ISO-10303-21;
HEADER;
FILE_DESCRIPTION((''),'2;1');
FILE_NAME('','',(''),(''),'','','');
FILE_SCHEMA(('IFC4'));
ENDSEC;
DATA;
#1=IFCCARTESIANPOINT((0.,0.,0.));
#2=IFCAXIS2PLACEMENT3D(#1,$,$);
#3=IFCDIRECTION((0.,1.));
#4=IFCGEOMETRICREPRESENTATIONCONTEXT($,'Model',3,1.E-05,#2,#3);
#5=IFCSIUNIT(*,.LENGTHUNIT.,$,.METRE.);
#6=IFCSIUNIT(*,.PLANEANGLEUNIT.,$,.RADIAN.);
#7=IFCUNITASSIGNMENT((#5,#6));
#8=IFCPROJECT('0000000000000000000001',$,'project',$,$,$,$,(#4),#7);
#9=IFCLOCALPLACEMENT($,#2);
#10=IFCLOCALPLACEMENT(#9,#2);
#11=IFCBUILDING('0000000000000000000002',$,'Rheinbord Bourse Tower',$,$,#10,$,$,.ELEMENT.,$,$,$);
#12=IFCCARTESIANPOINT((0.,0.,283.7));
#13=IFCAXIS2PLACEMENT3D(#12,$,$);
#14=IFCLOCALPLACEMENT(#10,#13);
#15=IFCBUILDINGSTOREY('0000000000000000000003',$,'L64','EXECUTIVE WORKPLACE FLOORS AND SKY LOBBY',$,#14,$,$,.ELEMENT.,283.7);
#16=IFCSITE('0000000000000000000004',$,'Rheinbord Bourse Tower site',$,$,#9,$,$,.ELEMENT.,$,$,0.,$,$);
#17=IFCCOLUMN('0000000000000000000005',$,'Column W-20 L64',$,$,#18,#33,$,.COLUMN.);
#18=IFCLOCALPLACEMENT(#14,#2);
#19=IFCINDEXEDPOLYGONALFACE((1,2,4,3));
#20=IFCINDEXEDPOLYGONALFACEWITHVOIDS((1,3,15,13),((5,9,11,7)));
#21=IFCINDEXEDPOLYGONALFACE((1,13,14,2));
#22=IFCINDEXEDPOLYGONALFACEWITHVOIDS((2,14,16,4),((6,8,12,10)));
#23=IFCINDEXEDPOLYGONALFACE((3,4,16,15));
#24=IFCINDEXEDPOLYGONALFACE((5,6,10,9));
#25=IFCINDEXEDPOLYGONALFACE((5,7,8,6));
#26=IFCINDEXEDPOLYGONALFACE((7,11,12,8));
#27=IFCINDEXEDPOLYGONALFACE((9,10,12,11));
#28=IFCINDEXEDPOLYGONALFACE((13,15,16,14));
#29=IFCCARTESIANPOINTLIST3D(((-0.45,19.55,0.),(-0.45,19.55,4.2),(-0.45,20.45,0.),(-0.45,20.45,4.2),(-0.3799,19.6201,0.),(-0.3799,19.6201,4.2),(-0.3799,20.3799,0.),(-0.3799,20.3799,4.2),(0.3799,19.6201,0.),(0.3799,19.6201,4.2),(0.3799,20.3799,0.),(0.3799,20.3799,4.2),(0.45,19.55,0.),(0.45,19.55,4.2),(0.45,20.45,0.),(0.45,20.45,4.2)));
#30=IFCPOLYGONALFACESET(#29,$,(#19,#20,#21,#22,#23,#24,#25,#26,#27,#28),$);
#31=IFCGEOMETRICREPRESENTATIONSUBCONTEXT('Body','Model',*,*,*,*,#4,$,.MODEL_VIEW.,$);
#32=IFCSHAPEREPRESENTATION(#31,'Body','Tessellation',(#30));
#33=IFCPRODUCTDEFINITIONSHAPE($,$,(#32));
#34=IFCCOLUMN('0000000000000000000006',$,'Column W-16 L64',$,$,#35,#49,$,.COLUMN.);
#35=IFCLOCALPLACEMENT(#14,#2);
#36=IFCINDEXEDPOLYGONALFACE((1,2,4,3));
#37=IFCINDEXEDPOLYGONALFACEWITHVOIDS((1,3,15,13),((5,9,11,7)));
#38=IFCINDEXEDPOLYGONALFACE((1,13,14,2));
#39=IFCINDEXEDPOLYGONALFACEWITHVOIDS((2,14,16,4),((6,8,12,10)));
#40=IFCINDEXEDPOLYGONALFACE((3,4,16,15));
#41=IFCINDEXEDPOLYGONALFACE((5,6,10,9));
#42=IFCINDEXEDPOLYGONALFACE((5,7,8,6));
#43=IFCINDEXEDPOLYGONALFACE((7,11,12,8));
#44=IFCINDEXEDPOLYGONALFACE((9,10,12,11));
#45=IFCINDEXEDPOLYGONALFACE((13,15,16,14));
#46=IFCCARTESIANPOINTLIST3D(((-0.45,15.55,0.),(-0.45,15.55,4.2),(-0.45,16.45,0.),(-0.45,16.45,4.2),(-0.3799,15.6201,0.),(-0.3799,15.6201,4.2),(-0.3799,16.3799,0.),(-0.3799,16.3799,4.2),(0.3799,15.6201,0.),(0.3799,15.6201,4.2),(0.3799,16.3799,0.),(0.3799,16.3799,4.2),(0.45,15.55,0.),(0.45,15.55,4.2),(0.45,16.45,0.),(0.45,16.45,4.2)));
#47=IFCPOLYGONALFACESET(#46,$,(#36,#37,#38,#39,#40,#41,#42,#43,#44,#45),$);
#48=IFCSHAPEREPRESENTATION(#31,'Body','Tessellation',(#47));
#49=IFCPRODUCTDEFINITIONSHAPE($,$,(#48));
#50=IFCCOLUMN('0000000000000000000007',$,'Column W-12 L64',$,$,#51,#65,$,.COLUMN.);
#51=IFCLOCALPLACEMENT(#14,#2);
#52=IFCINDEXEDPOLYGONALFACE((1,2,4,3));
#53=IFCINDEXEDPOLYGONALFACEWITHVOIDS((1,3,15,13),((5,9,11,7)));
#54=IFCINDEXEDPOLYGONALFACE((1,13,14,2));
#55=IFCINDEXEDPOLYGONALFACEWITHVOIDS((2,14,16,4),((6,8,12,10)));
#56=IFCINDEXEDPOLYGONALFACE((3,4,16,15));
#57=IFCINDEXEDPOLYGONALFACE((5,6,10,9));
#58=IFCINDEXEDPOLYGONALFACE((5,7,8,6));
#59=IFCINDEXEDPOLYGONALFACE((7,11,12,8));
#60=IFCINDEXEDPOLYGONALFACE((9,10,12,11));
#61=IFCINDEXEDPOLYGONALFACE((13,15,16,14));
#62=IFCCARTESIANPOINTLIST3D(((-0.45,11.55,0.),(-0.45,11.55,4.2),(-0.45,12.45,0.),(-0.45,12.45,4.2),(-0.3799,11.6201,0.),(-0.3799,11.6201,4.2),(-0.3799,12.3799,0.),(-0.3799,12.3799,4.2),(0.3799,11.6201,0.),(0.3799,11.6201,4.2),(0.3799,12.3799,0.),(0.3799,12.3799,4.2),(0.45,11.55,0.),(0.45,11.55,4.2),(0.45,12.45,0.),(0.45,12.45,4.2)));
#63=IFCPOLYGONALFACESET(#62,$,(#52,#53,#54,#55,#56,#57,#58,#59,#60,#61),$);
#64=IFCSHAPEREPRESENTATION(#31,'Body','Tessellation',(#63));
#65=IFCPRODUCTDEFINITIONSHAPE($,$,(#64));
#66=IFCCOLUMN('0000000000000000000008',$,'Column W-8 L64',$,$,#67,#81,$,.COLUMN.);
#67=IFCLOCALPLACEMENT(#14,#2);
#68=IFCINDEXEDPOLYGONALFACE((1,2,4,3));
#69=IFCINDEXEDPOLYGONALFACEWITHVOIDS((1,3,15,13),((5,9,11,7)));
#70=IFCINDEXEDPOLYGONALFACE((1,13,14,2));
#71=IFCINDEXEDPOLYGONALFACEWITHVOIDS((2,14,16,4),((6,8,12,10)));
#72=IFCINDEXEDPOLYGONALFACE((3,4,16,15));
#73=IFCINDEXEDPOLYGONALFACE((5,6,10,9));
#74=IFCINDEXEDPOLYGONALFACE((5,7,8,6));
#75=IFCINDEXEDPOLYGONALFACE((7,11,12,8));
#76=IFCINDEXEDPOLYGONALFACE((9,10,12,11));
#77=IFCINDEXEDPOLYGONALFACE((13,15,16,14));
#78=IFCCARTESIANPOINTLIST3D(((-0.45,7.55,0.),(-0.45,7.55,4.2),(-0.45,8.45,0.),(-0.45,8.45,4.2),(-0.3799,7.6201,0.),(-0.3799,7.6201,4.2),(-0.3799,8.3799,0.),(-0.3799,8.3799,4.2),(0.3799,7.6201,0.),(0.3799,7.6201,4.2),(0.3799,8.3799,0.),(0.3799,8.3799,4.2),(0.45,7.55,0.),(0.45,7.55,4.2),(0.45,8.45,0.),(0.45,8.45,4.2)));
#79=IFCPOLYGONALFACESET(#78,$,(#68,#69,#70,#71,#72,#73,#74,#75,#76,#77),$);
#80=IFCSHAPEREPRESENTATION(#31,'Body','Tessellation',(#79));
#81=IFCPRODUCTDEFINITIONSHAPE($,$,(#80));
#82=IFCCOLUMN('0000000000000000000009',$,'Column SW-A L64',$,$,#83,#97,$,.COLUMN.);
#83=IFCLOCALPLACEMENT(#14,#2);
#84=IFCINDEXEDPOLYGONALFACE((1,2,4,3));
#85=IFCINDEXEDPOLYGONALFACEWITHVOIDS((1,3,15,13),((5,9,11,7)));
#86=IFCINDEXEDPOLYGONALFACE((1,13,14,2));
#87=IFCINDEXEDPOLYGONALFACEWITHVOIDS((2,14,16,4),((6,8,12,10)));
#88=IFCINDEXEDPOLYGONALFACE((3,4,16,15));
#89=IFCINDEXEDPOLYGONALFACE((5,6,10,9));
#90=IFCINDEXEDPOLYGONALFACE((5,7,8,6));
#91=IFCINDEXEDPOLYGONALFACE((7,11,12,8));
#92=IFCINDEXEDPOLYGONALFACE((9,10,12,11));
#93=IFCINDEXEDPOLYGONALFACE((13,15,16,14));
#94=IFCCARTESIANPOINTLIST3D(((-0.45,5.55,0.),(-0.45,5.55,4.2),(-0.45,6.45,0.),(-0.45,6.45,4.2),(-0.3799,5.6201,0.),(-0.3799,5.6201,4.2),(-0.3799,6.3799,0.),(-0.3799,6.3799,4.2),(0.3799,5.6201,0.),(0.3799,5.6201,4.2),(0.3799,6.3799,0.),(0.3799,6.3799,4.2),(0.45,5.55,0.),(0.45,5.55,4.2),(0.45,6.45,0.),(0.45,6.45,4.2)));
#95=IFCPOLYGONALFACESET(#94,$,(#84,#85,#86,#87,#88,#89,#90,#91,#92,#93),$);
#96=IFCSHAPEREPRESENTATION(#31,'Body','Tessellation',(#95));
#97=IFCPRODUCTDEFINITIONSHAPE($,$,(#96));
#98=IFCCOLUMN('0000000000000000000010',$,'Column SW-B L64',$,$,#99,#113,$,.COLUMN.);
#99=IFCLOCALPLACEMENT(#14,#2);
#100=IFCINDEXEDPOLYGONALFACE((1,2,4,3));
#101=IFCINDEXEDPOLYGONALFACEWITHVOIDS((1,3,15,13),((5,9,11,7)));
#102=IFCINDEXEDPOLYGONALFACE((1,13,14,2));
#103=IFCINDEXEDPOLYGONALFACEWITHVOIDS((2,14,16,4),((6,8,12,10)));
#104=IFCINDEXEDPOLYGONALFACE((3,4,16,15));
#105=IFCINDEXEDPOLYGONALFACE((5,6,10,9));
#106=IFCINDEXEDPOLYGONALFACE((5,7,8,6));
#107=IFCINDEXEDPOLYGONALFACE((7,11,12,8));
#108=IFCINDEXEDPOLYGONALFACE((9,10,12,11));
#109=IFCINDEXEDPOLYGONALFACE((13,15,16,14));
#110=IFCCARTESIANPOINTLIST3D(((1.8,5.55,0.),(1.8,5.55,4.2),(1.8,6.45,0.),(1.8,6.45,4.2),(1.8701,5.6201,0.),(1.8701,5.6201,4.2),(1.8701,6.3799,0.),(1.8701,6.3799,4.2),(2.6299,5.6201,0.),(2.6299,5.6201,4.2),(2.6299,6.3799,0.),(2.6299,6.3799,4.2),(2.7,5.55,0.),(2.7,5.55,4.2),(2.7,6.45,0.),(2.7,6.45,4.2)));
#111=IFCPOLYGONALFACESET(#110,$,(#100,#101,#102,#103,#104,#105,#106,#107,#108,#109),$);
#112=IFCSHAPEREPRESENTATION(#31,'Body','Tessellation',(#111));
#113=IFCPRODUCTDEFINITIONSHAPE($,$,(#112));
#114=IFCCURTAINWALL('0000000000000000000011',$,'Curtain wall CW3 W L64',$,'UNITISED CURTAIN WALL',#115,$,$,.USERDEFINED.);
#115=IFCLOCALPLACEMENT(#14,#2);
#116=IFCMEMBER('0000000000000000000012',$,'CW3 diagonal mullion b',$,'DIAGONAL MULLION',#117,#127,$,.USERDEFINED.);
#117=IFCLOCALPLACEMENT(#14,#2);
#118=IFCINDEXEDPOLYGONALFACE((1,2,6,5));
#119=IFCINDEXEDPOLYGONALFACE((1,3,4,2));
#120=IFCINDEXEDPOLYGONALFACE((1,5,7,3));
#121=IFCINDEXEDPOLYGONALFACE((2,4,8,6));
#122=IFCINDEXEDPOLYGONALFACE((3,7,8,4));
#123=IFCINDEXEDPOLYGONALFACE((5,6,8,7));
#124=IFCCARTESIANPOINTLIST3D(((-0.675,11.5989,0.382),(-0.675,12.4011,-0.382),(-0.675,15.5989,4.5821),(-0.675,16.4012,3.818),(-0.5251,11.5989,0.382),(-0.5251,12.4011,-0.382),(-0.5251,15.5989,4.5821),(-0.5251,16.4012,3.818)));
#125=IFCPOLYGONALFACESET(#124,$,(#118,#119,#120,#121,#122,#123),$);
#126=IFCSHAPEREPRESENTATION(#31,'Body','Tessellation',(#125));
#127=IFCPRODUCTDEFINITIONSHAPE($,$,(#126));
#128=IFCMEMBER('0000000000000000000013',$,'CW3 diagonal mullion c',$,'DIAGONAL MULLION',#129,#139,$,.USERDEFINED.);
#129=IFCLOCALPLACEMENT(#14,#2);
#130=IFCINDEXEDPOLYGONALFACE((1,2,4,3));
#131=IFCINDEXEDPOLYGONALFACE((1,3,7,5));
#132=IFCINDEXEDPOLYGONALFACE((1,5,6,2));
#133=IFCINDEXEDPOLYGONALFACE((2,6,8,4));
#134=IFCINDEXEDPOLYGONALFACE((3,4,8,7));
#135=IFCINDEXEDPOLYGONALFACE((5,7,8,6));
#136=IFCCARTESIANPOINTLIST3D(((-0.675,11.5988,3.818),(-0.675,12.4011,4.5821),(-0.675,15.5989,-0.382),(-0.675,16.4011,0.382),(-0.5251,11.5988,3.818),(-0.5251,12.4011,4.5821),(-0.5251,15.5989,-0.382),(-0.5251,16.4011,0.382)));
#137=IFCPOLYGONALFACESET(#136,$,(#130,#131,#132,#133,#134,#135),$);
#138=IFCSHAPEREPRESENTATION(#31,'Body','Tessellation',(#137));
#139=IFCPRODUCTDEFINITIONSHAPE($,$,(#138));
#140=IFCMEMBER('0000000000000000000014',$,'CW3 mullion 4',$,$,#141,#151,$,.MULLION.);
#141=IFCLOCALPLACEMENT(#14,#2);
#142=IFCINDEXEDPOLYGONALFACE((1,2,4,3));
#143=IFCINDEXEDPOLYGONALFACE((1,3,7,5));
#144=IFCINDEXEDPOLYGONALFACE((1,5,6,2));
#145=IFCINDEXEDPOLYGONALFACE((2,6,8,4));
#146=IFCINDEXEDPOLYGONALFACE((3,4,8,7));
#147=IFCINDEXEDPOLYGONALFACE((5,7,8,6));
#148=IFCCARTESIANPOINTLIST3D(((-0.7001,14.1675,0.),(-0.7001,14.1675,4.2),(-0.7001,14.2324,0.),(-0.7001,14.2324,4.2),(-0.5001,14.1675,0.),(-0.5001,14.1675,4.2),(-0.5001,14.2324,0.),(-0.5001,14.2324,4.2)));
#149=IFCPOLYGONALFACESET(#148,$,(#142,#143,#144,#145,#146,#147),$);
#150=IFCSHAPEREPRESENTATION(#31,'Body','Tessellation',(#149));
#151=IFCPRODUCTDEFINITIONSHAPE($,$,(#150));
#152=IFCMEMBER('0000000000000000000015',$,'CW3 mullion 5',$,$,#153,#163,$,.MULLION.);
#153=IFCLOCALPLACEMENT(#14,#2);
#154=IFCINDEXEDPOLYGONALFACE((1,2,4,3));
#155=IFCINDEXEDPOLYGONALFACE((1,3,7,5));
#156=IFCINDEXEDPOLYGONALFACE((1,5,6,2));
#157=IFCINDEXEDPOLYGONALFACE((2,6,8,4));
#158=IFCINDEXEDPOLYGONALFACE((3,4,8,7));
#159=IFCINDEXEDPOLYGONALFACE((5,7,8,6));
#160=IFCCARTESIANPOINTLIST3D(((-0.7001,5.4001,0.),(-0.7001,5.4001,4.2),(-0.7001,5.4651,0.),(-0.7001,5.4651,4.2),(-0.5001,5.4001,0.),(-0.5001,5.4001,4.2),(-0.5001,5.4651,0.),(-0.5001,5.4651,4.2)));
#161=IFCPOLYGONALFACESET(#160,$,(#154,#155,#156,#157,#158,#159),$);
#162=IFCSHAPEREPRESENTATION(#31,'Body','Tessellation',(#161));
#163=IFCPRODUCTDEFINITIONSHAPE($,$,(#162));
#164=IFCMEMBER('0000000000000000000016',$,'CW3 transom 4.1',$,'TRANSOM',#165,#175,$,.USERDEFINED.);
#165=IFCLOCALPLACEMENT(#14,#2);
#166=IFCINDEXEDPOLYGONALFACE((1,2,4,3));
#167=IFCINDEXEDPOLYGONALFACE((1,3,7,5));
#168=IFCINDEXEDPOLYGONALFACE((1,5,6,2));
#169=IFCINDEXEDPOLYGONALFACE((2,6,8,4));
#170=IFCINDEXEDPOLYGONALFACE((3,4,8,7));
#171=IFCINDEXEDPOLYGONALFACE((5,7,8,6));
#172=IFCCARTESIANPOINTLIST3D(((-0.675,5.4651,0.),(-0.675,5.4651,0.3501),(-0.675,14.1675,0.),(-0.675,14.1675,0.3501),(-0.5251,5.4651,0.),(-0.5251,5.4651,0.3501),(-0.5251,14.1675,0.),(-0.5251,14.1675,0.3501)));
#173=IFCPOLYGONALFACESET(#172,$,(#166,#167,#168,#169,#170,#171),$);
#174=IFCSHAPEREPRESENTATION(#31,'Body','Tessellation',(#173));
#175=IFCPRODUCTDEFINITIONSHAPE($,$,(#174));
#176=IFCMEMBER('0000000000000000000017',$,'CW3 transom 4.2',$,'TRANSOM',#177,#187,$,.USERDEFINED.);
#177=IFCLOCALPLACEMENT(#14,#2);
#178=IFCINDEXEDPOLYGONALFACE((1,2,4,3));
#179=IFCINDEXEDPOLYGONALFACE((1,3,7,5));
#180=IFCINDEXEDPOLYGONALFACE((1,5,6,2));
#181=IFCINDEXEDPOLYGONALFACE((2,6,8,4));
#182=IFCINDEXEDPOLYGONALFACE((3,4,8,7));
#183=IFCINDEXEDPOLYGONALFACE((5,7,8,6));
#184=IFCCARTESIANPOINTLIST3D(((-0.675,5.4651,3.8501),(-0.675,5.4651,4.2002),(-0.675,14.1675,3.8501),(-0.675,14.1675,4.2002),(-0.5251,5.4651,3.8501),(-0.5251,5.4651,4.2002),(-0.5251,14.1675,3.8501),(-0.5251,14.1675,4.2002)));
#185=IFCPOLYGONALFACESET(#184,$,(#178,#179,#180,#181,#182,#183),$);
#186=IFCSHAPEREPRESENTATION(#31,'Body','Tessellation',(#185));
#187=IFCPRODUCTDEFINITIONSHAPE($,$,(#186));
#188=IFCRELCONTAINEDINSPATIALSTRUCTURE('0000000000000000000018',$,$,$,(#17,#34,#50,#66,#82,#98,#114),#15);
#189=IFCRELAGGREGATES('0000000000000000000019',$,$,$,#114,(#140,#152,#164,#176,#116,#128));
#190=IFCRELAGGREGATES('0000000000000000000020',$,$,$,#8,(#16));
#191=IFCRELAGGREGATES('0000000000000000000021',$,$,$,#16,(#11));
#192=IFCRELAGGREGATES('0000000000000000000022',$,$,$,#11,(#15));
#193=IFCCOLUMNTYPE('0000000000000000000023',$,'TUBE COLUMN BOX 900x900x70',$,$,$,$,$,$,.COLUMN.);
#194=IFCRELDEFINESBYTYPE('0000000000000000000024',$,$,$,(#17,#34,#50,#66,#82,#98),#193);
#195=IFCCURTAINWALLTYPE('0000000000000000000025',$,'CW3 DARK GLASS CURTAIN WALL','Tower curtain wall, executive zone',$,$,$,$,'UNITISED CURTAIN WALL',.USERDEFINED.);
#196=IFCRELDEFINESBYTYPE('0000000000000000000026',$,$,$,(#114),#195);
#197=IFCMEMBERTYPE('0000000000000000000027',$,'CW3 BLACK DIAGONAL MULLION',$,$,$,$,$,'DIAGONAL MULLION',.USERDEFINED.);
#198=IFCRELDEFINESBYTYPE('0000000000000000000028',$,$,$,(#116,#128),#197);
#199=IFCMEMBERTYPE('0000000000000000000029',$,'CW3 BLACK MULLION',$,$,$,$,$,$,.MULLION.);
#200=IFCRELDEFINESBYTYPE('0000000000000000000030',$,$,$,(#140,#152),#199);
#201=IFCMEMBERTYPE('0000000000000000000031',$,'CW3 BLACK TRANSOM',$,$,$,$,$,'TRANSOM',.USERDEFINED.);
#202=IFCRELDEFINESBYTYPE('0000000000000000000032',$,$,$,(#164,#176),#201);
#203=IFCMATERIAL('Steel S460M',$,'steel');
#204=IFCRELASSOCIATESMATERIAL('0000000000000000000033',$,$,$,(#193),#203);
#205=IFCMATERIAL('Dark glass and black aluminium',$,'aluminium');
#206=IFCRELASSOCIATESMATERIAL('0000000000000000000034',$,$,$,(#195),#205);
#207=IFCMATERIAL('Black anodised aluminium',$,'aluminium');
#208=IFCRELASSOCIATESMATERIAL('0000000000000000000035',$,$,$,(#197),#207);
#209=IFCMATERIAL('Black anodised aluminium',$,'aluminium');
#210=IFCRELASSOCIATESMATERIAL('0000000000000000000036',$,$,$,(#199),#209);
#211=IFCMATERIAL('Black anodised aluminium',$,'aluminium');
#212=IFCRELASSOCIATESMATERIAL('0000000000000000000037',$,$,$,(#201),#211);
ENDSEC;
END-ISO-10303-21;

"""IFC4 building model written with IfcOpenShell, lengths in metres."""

from ifc_helpers import new_model, si_unit, direction, frame, origin, origin_2d, place, context, subcontext, project, spatial, rectangle, hollow_rectangle, extrude, material, material_profile, profile_set, type_object, element, aggregate, save


model = new_model("IFC4")

# Units and contexts
model_context = context("Model", 3, precision=1e-05, world=origin(), true_north=direction((0.0, 1.0)))
body_context = subcontext(model_context, "Body", "Model", "MODEL_VIEW")
ifc_project = project(units=[si_unit("LENGTHUNIT", "METRE"), si_unit("PLANEANGLEUNIT", "RADIAN")], contexts=[model_context])

# Site, building, storey
site_placement = place(None, origin())
site = spatial("IfcSite", under=ifc_project, at=site_placement, Name="Rheinbord Bourse Tower site", CompositionType="ELEMENT", RefElevation=0.0)
building_placement = place(site_placement, origin())
building = spatial("IfcBuilding", under=site, at=building_placement, Name="Rheinbord Bourse Tower", CompositionType="ELEMENT")
storey_placement = place(building_placement, frame((0.0, 0.0, 283.7)))
storey = spatial("IfcBuildingStorey", under=building, at=storey_placement, Name="L64", Description="EXECUTIVE WORKPLACE FLOORS AND SKY LOBBY", CompositionType="ELEMENT", Elevation=283.7)

# Columns
ifc_material_1 = material(Name="Steel S460M", Category="steel")
ifc_material_profile_1 = material_profile(ifc_material_1, hollow_rectangle(XDim=0.8999, YDim=0.8999, WallThickness=0.0701, at=origin_2d()), Name="BOX 900x900x70")
ifc_profile_set_1 = profile_set([ifc_material_profile_1], Name="Steel S460M")
column_type = type_object("IfcColumnType", Name="TUBE COLUMN BOX 900x900x70", PredefinedType="COLUMN", material=ifc_profile_set_1)
for number, where, z_axis, x_axis, name in (
    (1, (0.0, 20.0, 0.0), (0.0, 0.0, 1.0), (1.0, 0.0, 0.0), "Column W-20 L64"),
    (2, (0.0, 16.0, 0.0), (0.0, 0.0, 1.0), (1.0, 0.0, 0.0), "Column W-16 L64"),
    (3, (0.0, 12.0, 0.0), (0.0, 0.0, 1.0), (1.0, 0.0, 0.0), "Column W-12 L64"),
    (4, (0.0, 8.0, 0.0), (0.0, 0.0, 1.0), (1.0, 0.0, 0.0), "Column W-8 L64"),
    (5, (0.0, 6.0, 0.0), (0.0, 0.0, 1.0), (1.0, 0.0, 0.0), "Column SW-A L64"),
    (6, (2.25, 6.0, 0.0), (0.0, 0.0, 1.0), (1.0, 0.0, 0.0), "Column SW-B L64"),
):
    element("IfcColumn", number, at=place(storey_placement, frame(where, z_axis=z_axis, x_axis=x_axis)), inside=storey, type_object=column_type, Name=name, PredefinedType="COLUMN", context=body_context, shape_type="SweptSolid", body=[
        extrude(hollow_rectangle(XDim=0.8999, YDim=0.8999, WallThickness=0.0701, at=origin_2d()), origin(), (0.0, 0.0, 1.0), 4.2),
    ])

# Curtain wall, members
ifc_material_2 = material(Name="Dark glass and black aluminium", Category="aluminium")
curtain_wall_type = type_object("IfcCurtainWallType", Name="CW3 DARK GLASS CURTAIN WALL", Description="Tower curtain wall, executive zone", ElementType="UNITISED CURTAIN WALL", PredefinedType="USERDEFINED", material=ifc_material_2)
curtain_wall_placement = place(storey_placement, origin())
curtain_wall = element("IfcCurtainWall", 7, at=curtain_wall_placement, inside=storey, type_object=curtain_wall_type, Name="Curtain wall CW3 W L64", ObjectType="UNITISED CURTAIN WALL", PredefinedType="USERDEFINED")
ifc_material_3 = material(Name="Black anodised aluminium", Category="aluminium")
ifc_material_profile_2 = material_profile(ifc_material_3, rectangle(XDim=0.1499, YDim=1.1079, at=origin_2d()), Name="CW3 DIAGONAL MULLION 1108x150")
ifc_profile_set_2 = profile_set([ifc_material_profile_2], Name="Black anodised aluminium")
member_type_1 = type_object("IfcMemberType", Name="CW3 BLACK DIAGONAL MULLION", ElementType="DIAGONAL MULLION", PredefinedType="USERDEFINED", material=ifc_profile_set_2)
member_1_placement = place(storey_placement, frame((-0.6001, 12.0, 0.0), z_axis=(0.0, 0.689659, 0.724134), x_axis=(-1.0, 0.0, 0.0)))
member_1 = element("IfcMember", 8, at=member_1_placement, type_object=member_type_1, Name="CW3 diagonal mullion b", ObjectType="DIAGONAL MULLION", PredefinedType="USERDEFINED", context=body_context, shape_type="SweptSolid", body=[
    extrude(rectangle(XDim=0.1499, YDim=1.1079, at=origin_2d()), origin(), (0.0, 0.0, 1.0), 5.8),
])
member_2_placement = place(storey_placement, frame((-0.6001, 16.0, 0.0), z_axis=(0.0, -0.689659, 0.724134), x_axis=(1.0, 0.0, 0.0)))
member_2 = element("IfcMember", 9, at=member_2_placement, type_object=member_type_1, Name="CW3 diagonal mullion c", ObjectType="DIAGONAL MULLION", PredefinedType="USERDEFINED", context=body_context, shape_type="SweptSolid", body=[
    extrude(rectangle(XDim=0.1499, YDim=1.1079, at=origin_2d()), origin(), (0.0, 0.0, 1.0), 5.8),
])
ifc_material_4 = material(Name="Black anodised aluminium", Category="aluminium")
ifc_material_profile_3 = material_profile(ifc_material_4, rectangle(XDim=0.2, YDim=0.0649, at=origin_2d()), Name="CW3 MULLION 65x200")
ifc_profile_set_3 = profile_set([ifc_material_profile_3], Name="Black anodised aluminium")
member_type_2 = type_object("IfcMemberType", Name="CW3 BLACK MULLION", PredefinedType="MULLION", material=ifc_profile_set_3)
member_3_placement = place(storey_placement, frame((-0.6001, 14.2, 0.0), z_axis=(0.0, 0.0, 1.0), x_axis=(1.0, 0.0, 0.0)))
member_3 = element("IfcMember", 10, at=member_3_placement, type_object=member_type_2, Name="CW3 mullion 4", PredefinedType="MULLION", context=body_context, shape_type="SweptSolid", body=[
    extrude(rectangle(XDim=0.2, YDim=0.0649, at=origin_2d()), origin(), (0.0, 0.0, 1.0), 4.2),
])
member_4_placement = place(storey_placement, frame((-0.6001, 5.4326, 0.0), z_axis=(0.0, 0.0, 1.0), x_axis=(1.0, 0.0, 0.0)))
member_4 = element("IfcMember", 11, at=member_4_placement, type_object=member_type_2, Name="CW3 mullion 5", PredefinedType="MULLION", context=body_context, shape_type="SweptSolid", body=[
    extrude(rectangle(XDim=0.2, YDim=0.0649, at=origin_2d()), origin(), (0.0, 0.0, 1.0), 4.2),
])
ifc_material_5 = material(Name="Black anodised aluminium", Category="aluminium")
ifc_material_profile_4 = material_profile(ifc_material_5, rectangle(XDim=0.1499, YDim=0.3501, at=origin_2d()), Name="CW3 TRANSOM 350x150")
ifc_profile_set_4 = profile_set([ifc_material_profile_4], Name="Black anodised aluminium")
member_type_3 = type_object("IfcMemberType", Name="CW3 BLACK TRANSOM", ElementType="TRANSOM", PredefinedType="USERDEFINED", material=ifc_profile_set_4)
member_5_placement = place(storey_placement, frame((-0.6001, 14.1675, 0.175), z_axis=(0.0, -1.0, 0.0), x_axis=(1.0, 0.0, 0.0)))
member_5 = element("IfcMember", 12, at=member_5_placement, type_object=member_type_3, Name="CW3 transom 4.1", ObjectType="TRANSOM", PredefinedType="USERDEFINED", context=body_context, shape_type="SweptSolid", body=[
    extrude(rectangle(XDim=0.1499, YDim=0.3501, at=origin_2d()), origin(), (0.0, 0.0, 1.0), 8.7024),
])
member_6_placement = place(storey_placement, frame((-0.6001, 14.1675, 4.0251), z_axis=(0.0, -1.0, 0.0), x_axis=(1.0, 0.0, 0.0)))
member_6 = element("IfcMember", 13, at=member_6_placement, type_object=member_type_3, Name="CW3 transom 4.2", ObjectType="TRANSOM", PredefinedType="USERDEFINED", context=body_context, shape_type="SweptSolid", body=[
    extrude(rectangle(XDim=0.1499, YDim=0.3501, at=origin_2d()), origin(), (0.0, 0.0, 1.0), 8.7024),
])

aggregate(curtain_wall, [member_3, member_4, member_5, member_6, member_1, member_2])

save(model, "model.ifc")
